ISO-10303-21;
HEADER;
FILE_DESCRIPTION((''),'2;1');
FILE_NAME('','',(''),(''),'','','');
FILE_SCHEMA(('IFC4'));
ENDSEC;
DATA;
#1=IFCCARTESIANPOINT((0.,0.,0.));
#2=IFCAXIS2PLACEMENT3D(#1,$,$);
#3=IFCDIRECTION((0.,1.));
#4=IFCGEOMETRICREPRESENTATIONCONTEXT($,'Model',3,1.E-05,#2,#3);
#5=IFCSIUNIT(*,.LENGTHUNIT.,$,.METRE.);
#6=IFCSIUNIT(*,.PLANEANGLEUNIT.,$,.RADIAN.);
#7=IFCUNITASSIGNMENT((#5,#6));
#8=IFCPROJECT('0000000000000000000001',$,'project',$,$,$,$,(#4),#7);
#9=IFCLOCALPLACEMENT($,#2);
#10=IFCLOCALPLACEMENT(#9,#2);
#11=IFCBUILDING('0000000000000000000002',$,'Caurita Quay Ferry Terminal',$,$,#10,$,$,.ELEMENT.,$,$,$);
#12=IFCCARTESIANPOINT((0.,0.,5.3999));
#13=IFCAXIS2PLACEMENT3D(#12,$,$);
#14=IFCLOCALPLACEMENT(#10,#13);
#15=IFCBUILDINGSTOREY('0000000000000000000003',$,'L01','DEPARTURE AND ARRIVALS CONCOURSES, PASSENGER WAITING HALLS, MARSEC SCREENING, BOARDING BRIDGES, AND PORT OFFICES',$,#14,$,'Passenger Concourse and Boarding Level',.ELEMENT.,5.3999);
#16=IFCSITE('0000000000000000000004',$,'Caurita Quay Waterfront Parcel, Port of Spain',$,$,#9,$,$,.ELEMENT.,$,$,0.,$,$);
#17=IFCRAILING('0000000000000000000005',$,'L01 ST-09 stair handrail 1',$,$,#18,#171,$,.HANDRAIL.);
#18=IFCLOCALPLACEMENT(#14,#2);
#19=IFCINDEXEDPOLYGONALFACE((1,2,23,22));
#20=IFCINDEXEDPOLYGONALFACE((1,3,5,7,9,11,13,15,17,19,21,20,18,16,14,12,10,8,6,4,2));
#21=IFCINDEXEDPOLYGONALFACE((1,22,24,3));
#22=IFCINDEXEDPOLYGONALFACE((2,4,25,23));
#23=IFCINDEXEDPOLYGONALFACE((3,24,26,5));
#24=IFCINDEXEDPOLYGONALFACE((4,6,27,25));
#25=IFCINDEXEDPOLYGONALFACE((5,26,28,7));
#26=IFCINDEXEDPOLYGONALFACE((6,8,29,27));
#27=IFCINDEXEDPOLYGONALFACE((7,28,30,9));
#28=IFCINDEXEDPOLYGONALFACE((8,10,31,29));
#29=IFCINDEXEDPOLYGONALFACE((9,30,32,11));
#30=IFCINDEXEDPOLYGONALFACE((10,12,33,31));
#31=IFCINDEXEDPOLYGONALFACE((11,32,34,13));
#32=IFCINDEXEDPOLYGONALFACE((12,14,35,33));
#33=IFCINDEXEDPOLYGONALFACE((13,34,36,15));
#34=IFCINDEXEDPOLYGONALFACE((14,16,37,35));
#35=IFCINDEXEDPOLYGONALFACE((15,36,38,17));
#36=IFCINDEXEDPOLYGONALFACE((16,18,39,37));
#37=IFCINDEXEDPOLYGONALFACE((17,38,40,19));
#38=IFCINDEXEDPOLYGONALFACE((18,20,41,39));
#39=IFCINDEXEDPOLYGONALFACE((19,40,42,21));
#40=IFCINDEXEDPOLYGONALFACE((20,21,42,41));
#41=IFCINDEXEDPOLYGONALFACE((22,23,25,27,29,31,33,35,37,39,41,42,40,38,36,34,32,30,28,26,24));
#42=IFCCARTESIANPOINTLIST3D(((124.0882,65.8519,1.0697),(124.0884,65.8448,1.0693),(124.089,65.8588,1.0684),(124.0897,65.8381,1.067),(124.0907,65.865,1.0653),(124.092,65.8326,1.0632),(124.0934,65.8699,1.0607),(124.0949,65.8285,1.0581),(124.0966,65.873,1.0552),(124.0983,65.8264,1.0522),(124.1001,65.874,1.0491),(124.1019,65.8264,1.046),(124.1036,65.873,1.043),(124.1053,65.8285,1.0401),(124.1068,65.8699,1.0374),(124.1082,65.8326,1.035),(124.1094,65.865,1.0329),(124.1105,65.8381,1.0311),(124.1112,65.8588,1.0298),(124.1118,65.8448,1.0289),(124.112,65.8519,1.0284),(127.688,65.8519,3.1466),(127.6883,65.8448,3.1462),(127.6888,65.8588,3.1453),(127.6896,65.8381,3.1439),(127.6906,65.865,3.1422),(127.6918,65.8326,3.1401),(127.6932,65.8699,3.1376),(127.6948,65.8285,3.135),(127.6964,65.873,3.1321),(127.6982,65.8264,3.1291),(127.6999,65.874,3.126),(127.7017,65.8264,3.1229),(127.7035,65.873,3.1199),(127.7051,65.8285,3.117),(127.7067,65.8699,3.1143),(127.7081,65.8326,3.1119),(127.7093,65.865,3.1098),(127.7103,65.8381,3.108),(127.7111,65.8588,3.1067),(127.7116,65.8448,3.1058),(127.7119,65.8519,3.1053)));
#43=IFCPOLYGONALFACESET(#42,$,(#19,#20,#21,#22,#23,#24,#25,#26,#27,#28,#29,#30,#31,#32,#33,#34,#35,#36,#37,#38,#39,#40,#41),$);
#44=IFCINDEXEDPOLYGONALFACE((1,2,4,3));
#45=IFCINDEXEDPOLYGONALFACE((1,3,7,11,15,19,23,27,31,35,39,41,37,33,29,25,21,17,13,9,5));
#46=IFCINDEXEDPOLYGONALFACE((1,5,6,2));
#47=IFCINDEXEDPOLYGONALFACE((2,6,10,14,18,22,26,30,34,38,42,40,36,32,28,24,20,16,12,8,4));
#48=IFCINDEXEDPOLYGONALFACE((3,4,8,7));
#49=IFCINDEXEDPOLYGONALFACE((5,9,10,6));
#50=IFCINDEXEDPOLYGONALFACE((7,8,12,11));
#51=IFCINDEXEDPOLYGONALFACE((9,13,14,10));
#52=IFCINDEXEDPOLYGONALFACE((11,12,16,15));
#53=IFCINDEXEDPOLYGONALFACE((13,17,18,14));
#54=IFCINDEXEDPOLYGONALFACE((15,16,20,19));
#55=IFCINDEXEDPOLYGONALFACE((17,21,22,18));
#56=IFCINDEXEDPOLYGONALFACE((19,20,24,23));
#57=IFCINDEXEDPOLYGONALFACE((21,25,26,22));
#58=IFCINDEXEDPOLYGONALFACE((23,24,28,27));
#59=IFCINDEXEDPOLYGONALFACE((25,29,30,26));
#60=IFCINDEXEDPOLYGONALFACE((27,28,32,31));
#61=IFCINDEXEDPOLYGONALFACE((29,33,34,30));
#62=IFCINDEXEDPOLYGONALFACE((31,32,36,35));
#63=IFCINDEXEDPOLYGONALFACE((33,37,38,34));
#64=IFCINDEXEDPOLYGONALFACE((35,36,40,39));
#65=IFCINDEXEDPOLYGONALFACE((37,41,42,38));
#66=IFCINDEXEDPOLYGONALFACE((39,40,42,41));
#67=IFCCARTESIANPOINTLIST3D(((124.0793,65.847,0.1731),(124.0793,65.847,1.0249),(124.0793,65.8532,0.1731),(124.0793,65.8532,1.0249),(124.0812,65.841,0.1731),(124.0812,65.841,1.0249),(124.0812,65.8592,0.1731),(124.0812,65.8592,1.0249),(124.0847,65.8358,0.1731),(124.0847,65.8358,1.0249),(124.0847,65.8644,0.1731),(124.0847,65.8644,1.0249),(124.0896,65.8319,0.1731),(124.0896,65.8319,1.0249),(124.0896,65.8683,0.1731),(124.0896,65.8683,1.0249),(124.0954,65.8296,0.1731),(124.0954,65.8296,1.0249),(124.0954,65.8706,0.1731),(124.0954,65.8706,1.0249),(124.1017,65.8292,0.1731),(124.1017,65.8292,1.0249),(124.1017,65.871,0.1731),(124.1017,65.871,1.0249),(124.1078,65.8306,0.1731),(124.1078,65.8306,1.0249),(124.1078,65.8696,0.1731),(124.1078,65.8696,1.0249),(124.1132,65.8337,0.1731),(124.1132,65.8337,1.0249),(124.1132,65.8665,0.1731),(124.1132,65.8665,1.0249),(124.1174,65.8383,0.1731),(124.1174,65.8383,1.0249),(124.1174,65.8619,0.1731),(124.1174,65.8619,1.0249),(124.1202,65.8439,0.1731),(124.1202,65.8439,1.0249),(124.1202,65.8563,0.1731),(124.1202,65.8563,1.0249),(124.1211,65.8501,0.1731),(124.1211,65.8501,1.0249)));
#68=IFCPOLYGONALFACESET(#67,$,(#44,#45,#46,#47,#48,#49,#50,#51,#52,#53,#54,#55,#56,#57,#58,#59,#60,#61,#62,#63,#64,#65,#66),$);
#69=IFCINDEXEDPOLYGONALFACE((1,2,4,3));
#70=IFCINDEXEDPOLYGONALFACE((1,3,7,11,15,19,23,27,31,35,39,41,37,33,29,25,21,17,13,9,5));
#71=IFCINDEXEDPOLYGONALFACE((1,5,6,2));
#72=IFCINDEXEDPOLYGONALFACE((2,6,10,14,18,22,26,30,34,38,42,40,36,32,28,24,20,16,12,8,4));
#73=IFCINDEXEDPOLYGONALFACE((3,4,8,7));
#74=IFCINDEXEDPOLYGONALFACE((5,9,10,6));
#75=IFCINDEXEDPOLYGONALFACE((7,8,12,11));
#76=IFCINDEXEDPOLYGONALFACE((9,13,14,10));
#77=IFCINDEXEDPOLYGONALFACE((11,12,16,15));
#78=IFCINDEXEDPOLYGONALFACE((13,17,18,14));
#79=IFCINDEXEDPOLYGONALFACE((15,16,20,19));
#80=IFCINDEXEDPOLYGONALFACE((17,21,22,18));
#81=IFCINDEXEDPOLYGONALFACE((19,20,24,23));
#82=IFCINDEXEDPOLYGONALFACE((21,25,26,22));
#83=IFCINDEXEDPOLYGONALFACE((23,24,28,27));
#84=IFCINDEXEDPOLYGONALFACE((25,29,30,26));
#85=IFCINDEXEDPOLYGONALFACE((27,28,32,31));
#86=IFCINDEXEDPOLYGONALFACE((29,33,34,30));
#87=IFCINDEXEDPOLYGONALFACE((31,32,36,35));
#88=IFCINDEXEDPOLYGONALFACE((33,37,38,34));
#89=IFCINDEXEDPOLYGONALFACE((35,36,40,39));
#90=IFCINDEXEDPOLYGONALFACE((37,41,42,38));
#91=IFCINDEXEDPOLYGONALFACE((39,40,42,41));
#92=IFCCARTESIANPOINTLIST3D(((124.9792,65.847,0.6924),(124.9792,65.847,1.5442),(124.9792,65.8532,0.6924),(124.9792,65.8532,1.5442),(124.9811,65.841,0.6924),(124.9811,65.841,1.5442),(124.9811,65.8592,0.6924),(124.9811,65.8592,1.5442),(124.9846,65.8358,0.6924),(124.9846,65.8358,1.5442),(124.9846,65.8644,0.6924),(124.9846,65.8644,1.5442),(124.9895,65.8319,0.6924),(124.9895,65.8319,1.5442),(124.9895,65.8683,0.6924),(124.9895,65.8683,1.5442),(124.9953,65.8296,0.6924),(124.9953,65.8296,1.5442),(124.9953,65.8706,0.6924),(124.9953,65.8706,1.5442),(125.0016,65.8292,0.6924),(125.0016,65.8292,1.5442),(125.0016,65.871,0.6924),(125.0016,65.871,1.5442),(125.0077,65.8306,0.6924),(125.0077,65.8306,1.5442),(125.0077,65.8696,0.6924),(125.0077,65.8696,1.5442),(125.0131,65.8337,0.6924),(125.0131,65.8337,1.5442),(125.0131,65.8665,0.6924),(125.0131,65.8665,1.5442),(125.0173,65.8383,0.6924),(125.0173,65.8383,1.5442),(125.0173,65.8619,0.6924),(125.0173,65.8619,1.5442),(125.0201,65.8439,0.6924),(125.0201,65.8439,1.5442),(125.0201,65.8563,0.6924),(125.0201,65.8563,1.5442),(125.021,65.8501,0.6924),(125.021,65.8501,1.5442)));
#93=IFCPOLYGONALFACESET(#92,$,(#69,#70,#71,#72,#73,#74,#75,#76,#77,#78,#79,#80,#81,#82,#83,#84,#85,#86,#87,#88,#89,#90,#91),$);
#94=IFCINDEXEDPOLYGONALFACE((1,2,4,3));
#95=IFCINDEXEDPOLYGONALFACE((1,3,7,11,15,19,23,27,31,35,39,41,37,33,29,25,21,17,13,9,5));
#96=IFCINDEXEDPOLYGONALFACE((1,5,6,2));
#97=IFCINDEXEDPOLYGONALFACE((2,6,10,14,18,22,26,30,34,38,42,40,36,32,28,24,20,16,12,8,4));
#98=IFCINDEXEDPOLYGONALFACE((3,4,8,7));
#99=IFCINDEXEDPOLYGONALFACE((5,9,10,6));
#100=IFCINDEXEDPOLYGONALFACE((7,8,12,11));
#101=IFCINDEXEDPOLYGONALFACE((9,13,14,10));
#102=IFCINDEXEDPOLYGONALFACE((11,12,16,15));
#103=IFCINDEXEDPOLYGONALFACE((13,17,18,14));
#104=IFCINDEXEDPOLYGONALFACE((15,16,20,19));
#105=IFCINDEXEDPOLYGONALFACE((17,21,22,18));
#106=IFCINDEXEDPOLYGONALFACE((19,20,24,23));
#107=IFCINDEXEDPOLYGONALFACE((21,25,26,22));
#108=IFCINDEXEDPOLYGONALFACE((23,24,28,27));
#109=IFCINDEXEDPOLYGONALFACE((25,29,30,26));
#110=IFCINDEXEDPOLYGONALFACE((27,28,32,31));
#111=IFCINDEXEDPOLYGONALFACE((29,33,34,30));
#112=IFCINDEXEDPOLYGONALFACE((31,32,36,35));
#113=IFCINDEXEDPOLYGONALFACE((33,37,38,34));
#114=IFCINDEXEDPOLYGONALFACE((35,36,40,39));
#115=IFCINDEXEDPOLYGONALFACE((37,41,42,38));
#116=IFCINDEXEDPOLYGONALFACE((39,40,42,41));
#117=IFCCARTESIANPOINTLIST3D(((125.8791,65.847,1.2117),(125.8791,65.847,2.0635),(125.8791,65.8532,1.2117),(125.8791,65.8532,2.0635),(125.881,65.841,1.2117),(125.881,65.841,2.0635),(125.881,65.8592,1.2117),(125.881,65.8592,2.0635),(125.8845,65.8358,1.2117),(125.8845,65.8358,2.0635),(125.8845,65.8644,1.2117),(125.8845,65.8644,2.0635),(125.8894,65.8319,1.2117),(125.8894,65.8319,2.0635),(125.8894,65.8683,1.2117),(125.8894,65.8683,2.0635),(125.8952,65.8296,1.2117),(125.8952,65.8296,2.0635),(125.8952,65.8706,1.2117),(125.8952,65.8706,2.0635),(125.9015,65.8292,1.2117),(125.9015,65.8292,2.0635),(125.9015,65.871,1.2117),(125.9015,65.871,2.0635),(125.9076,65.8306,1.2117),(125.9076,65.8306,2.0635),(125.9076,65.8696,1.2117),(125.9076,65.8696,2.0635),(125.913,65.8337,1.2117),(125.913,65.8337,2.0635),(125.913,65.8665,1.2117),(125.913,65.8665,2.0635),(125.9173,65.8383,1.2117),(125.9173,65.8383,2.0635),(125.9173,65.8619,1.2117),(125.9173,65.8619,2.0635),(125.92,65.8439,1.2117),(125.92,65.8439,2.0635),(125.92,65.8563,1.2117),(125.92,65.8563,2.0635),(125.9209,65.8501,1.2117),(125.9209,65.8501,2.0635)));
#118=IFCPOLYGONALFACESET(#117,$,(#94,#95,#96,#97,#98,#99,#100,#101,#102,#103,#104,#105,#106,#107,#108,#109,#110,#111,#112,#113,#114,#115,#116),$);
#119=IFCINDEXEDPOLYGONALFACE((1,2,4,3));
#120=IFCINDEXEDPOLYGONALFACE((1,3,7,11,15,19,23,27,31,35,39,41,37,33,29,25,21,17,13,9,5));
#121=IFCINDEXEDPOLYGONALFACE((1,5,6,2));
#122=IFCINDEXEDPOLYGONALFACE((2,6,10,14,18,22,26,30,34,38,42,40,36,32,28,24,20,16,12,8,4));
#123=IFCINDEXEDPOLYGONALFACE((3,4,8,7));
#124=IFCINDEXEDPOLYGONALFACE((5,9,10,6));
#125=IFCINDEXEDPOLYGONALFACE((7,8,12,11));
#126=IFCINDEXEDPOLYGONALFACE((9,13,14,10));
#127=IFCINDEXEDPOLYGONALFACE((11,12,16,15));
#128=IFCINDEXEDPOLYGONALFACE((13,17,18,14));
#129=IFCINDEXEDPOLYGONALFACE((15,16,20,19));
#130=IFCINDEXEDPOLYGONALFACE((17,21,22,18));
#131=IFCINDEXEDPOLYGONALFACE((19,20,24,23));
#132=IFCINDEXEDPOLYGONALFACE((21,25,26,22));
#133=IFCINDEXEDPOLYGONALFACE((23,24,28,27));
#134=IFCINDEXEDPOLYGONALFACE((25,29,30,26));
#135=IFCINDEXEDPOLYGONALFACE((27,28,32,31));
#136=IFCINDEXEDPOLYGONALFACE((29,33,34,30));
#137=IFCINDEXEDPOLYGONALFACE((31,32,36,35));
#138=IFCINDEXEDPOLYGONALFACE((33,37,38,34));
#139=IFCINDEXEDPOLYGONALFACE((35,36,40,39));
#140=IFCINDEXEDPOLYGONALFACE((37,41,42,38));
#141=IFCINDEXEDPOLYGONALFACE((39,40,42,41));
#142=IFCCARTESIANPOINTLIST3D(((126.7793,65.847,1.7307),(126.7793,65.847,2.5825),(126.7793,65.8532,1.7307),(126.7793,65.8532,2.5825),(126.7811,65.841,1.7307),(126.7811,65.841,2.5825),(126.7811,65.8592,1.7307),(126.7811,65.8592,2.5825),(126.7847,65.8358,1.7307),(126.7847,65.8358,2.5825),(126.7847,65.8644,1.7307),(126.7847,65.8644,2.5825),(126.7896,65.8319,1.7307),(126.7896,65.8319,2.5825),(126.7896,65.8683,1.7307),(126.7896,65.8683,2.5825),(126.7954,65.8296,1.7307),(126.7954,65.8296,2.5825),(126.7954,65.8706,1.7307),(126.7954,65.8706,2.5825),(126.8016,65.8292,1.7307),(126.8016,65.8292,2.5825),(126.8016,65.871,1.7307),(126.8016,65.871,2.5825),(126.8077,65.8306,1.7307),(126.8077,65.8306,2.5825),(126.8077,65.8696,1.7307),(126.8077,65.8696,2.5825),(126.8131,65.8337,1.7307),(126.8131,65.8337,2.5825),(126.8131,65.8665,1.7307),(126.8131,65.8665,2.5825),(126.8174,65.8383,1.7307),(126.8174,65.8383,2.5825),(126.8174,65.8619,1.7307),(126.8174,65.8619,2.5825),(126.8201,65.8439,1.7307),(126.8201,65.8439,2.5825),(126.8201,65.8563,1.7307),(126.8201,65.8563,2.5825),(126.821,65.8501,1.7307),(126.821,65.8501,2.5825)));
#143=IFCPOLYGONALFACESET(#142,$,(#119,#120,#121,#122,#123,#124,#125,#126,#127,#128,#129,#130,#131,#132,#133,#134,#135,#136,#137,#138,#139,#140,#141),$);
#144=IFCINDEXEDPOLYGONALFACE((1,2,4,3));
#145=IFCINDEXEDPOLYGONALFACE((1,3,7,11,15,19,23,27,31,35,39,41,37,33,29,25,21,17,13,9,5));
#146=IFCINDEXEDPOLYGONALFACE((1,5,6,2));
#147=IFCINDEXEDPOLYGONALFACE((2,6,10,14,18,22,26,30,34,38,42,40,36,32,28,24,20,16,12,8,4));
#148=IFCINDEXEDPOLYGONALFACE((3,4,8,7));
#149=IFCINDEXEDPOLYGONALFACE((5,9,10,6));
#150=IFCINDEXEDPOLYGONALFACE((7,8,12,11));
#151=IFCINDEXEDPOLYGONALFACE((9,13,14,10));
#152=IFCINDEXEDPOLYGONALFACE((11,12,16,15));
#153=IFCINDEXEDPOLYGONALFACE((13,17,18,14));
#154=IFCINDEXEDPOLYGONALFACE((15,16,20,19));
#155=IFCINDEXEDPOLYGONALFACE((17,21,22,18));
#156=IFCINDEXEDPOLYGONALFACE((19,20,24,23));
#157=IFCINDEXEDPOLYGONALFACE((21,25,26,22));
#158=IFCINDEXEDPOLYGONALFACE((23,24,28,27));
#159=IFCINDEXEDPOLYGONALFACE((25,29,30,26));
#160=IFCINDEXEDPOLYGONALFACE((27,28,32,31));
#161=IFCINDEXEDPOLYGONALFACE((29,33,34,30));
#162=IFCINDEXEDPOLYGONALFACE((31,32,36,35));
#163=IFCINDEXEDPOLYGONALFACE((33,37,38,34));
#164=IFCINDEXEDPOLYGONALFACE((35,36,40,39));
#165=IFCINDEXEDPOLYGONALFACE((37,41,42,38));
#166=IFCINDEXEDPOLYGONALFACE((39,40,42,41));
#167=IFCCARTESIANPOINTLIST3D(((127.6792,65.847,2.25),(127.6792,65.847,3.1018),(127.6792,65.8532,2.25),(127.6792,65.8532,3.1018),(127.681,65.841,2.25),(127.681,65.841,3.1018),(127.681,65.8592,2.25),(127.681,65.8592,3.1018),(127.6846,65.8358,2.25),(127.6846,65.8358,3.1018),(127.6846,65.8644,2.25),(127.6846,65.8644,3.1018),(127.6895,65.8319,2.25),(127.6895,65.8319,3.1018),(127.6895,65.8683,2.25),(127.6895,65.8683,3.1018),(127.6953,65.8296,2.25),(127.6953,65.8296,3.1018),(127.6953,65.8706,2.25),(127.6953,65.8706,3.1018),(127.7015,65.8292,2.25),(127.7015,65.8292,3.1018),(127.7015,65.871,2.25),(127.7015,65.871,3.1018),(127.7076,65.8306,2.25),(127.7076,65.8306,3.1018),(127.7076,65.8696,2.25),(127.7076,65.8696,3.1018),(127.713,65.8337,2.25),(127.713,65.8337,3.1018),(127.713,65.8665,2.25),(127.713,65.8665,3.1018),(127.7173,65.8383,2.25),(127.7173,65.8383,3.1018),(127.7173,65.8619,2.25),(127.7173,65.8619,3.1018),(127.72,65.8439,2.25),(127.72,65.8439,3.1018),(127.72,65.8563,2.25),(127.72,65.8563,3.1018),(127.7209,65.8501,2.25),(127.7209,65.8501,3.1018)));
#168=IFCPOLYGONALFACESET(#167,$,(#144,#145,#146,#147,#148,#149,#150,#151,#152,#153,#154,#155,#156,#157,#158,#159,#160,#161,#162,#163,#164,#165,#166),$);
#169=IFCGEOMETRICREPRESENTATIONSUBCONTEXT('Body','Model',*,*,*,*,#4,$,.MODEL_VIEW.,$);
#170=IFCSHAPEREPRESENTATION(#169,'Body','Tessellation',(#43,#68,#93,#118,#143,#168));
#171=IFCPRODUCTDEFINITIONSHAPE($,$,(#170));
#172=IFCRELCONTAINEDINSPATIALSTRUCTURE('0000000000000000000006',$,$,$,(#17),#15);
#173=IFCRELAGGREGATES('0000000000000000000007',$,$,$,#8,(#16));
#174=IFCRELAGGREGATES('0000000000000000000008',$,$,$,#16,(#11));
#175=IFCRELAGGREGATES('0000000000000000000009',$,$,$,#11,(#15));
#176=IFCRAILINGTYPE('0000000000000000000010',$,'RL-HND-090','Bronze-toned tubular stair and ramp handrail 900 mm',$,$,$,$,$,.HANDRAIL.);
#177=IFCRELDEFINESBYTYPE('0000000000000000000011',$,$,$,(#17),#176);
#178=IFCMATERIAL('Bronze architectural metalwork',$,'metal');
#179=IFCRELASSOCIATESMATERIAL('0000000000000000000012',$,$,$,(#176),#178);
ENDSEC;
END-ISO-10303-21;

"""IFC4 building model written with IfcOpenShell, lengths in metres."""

from ifc_helpers import new_model, si_unit, direction, frame, origin, origin_2d, place, context, subcontext, project, spatial, circle, extrude, material, type_object, element, save


model = new_model("IFC4")

# Units and contexts
model_context = context("Model", 3, precision=1e-05, world=origin(), true_north=direction((0.0, 1.0)))
body_context = subcontext(model_context, "Body", "Model", "MODEL_VIEW")
ifc_project = project(units=[si_unit("LENGTHUNIT", "METRE"), si_unit("PLANEANGLEUNIT", "RADIAN")], contexts=[model_context])

# Site, building, storey
site_placement = place(None, origin())
site = spatial("IfcSite", under=ifc_project, at=site_placement, Name="Caurita Quay Waterfront Parcel, Port of Spain", CompositionType="ELEMENT", RefElevation=0.0)
building_placement = place(site_placement, origin())
building = spatial("IfcBuilding", under=site, at=building_placement, Name="Caurita Quay Ferry Terminal", CompositionType="ELEMENT")
storey_placement = place(building_placement, frame((0.0, 0.0, 5.3999)))
storey = spatial("IfcBuildingStorey", under=building, at=storey_placement, Name="L01", Description="DEPARTURE AND ARRIVALS CONCOURSES, PASSENGER WAITING HALLS, MARSEC SCREENING, BOARDING BRIDGES, AND PORT OFFICES", LongName="Passenger Concourse and Boarding Level", CompositionType="ELEMENT", Elevation=5.3999)

# Railing
ifc_material_1 = material(Name="Bronze architectural metalwork", Category="metal")
railing_type_1 = type_object("IfcRailingType", Name="RL-HND-090", Description="Bronze-toned tubular stair and ramp handrail 900 mm", PredefinedType="HANDRAIL", material=ifc_material_1)
railing_1_placement = place(storey_placement, frame((124.1001, 65.8501, 0.1731)))
element("IfcRailing", 1, at=railing_1_placement, inside=storey, type_object=railing_type_1, Name="L01 ST-09 stair handrail 1", PredefinedType="HANDRAIL", context=body_context, shape_type="SweptSolid", body=[
    extrude(circle(Radius=0.0239, at=origin_2d()), frame((0.0, 0.0, 0.876), z_axis=(0.866179, 0.0, 0.499734), x_axis=(0.0, 1.0, 0.0)), (0.0, 0.0, 1.0), 4.156),
    extrude(circle(Radius=0.021, at=origin_2d()), origin(), (0.0, 0.0, 1.0), 0.8518),
    extrude(circle(Radius=0.021, at=origin_2d()), frame((0.8999, 0.0, 0.5193)), (0.0, 0.0, 1.0), 0.8518),
    extrude(circle(Radius=0.021, at=origin_2d()), frame((1.7998, 0.0, 1.0386)), (0.0, 0.0, 1.0), 0.8518),
    extrude(circle(Radius=0.021, at=origin_2d()), frame((2.7, 0.0, 1.5576)), (0.0, 0.0, 1.0), 0.8518),
    extrude(circle(Radius=0.021, at=origin_2d()), frame((3.5999, 0.0, 2.0769)), (0.0, 0.0, 1.0), 0.8518),
])

save(model, "model.ifc")
